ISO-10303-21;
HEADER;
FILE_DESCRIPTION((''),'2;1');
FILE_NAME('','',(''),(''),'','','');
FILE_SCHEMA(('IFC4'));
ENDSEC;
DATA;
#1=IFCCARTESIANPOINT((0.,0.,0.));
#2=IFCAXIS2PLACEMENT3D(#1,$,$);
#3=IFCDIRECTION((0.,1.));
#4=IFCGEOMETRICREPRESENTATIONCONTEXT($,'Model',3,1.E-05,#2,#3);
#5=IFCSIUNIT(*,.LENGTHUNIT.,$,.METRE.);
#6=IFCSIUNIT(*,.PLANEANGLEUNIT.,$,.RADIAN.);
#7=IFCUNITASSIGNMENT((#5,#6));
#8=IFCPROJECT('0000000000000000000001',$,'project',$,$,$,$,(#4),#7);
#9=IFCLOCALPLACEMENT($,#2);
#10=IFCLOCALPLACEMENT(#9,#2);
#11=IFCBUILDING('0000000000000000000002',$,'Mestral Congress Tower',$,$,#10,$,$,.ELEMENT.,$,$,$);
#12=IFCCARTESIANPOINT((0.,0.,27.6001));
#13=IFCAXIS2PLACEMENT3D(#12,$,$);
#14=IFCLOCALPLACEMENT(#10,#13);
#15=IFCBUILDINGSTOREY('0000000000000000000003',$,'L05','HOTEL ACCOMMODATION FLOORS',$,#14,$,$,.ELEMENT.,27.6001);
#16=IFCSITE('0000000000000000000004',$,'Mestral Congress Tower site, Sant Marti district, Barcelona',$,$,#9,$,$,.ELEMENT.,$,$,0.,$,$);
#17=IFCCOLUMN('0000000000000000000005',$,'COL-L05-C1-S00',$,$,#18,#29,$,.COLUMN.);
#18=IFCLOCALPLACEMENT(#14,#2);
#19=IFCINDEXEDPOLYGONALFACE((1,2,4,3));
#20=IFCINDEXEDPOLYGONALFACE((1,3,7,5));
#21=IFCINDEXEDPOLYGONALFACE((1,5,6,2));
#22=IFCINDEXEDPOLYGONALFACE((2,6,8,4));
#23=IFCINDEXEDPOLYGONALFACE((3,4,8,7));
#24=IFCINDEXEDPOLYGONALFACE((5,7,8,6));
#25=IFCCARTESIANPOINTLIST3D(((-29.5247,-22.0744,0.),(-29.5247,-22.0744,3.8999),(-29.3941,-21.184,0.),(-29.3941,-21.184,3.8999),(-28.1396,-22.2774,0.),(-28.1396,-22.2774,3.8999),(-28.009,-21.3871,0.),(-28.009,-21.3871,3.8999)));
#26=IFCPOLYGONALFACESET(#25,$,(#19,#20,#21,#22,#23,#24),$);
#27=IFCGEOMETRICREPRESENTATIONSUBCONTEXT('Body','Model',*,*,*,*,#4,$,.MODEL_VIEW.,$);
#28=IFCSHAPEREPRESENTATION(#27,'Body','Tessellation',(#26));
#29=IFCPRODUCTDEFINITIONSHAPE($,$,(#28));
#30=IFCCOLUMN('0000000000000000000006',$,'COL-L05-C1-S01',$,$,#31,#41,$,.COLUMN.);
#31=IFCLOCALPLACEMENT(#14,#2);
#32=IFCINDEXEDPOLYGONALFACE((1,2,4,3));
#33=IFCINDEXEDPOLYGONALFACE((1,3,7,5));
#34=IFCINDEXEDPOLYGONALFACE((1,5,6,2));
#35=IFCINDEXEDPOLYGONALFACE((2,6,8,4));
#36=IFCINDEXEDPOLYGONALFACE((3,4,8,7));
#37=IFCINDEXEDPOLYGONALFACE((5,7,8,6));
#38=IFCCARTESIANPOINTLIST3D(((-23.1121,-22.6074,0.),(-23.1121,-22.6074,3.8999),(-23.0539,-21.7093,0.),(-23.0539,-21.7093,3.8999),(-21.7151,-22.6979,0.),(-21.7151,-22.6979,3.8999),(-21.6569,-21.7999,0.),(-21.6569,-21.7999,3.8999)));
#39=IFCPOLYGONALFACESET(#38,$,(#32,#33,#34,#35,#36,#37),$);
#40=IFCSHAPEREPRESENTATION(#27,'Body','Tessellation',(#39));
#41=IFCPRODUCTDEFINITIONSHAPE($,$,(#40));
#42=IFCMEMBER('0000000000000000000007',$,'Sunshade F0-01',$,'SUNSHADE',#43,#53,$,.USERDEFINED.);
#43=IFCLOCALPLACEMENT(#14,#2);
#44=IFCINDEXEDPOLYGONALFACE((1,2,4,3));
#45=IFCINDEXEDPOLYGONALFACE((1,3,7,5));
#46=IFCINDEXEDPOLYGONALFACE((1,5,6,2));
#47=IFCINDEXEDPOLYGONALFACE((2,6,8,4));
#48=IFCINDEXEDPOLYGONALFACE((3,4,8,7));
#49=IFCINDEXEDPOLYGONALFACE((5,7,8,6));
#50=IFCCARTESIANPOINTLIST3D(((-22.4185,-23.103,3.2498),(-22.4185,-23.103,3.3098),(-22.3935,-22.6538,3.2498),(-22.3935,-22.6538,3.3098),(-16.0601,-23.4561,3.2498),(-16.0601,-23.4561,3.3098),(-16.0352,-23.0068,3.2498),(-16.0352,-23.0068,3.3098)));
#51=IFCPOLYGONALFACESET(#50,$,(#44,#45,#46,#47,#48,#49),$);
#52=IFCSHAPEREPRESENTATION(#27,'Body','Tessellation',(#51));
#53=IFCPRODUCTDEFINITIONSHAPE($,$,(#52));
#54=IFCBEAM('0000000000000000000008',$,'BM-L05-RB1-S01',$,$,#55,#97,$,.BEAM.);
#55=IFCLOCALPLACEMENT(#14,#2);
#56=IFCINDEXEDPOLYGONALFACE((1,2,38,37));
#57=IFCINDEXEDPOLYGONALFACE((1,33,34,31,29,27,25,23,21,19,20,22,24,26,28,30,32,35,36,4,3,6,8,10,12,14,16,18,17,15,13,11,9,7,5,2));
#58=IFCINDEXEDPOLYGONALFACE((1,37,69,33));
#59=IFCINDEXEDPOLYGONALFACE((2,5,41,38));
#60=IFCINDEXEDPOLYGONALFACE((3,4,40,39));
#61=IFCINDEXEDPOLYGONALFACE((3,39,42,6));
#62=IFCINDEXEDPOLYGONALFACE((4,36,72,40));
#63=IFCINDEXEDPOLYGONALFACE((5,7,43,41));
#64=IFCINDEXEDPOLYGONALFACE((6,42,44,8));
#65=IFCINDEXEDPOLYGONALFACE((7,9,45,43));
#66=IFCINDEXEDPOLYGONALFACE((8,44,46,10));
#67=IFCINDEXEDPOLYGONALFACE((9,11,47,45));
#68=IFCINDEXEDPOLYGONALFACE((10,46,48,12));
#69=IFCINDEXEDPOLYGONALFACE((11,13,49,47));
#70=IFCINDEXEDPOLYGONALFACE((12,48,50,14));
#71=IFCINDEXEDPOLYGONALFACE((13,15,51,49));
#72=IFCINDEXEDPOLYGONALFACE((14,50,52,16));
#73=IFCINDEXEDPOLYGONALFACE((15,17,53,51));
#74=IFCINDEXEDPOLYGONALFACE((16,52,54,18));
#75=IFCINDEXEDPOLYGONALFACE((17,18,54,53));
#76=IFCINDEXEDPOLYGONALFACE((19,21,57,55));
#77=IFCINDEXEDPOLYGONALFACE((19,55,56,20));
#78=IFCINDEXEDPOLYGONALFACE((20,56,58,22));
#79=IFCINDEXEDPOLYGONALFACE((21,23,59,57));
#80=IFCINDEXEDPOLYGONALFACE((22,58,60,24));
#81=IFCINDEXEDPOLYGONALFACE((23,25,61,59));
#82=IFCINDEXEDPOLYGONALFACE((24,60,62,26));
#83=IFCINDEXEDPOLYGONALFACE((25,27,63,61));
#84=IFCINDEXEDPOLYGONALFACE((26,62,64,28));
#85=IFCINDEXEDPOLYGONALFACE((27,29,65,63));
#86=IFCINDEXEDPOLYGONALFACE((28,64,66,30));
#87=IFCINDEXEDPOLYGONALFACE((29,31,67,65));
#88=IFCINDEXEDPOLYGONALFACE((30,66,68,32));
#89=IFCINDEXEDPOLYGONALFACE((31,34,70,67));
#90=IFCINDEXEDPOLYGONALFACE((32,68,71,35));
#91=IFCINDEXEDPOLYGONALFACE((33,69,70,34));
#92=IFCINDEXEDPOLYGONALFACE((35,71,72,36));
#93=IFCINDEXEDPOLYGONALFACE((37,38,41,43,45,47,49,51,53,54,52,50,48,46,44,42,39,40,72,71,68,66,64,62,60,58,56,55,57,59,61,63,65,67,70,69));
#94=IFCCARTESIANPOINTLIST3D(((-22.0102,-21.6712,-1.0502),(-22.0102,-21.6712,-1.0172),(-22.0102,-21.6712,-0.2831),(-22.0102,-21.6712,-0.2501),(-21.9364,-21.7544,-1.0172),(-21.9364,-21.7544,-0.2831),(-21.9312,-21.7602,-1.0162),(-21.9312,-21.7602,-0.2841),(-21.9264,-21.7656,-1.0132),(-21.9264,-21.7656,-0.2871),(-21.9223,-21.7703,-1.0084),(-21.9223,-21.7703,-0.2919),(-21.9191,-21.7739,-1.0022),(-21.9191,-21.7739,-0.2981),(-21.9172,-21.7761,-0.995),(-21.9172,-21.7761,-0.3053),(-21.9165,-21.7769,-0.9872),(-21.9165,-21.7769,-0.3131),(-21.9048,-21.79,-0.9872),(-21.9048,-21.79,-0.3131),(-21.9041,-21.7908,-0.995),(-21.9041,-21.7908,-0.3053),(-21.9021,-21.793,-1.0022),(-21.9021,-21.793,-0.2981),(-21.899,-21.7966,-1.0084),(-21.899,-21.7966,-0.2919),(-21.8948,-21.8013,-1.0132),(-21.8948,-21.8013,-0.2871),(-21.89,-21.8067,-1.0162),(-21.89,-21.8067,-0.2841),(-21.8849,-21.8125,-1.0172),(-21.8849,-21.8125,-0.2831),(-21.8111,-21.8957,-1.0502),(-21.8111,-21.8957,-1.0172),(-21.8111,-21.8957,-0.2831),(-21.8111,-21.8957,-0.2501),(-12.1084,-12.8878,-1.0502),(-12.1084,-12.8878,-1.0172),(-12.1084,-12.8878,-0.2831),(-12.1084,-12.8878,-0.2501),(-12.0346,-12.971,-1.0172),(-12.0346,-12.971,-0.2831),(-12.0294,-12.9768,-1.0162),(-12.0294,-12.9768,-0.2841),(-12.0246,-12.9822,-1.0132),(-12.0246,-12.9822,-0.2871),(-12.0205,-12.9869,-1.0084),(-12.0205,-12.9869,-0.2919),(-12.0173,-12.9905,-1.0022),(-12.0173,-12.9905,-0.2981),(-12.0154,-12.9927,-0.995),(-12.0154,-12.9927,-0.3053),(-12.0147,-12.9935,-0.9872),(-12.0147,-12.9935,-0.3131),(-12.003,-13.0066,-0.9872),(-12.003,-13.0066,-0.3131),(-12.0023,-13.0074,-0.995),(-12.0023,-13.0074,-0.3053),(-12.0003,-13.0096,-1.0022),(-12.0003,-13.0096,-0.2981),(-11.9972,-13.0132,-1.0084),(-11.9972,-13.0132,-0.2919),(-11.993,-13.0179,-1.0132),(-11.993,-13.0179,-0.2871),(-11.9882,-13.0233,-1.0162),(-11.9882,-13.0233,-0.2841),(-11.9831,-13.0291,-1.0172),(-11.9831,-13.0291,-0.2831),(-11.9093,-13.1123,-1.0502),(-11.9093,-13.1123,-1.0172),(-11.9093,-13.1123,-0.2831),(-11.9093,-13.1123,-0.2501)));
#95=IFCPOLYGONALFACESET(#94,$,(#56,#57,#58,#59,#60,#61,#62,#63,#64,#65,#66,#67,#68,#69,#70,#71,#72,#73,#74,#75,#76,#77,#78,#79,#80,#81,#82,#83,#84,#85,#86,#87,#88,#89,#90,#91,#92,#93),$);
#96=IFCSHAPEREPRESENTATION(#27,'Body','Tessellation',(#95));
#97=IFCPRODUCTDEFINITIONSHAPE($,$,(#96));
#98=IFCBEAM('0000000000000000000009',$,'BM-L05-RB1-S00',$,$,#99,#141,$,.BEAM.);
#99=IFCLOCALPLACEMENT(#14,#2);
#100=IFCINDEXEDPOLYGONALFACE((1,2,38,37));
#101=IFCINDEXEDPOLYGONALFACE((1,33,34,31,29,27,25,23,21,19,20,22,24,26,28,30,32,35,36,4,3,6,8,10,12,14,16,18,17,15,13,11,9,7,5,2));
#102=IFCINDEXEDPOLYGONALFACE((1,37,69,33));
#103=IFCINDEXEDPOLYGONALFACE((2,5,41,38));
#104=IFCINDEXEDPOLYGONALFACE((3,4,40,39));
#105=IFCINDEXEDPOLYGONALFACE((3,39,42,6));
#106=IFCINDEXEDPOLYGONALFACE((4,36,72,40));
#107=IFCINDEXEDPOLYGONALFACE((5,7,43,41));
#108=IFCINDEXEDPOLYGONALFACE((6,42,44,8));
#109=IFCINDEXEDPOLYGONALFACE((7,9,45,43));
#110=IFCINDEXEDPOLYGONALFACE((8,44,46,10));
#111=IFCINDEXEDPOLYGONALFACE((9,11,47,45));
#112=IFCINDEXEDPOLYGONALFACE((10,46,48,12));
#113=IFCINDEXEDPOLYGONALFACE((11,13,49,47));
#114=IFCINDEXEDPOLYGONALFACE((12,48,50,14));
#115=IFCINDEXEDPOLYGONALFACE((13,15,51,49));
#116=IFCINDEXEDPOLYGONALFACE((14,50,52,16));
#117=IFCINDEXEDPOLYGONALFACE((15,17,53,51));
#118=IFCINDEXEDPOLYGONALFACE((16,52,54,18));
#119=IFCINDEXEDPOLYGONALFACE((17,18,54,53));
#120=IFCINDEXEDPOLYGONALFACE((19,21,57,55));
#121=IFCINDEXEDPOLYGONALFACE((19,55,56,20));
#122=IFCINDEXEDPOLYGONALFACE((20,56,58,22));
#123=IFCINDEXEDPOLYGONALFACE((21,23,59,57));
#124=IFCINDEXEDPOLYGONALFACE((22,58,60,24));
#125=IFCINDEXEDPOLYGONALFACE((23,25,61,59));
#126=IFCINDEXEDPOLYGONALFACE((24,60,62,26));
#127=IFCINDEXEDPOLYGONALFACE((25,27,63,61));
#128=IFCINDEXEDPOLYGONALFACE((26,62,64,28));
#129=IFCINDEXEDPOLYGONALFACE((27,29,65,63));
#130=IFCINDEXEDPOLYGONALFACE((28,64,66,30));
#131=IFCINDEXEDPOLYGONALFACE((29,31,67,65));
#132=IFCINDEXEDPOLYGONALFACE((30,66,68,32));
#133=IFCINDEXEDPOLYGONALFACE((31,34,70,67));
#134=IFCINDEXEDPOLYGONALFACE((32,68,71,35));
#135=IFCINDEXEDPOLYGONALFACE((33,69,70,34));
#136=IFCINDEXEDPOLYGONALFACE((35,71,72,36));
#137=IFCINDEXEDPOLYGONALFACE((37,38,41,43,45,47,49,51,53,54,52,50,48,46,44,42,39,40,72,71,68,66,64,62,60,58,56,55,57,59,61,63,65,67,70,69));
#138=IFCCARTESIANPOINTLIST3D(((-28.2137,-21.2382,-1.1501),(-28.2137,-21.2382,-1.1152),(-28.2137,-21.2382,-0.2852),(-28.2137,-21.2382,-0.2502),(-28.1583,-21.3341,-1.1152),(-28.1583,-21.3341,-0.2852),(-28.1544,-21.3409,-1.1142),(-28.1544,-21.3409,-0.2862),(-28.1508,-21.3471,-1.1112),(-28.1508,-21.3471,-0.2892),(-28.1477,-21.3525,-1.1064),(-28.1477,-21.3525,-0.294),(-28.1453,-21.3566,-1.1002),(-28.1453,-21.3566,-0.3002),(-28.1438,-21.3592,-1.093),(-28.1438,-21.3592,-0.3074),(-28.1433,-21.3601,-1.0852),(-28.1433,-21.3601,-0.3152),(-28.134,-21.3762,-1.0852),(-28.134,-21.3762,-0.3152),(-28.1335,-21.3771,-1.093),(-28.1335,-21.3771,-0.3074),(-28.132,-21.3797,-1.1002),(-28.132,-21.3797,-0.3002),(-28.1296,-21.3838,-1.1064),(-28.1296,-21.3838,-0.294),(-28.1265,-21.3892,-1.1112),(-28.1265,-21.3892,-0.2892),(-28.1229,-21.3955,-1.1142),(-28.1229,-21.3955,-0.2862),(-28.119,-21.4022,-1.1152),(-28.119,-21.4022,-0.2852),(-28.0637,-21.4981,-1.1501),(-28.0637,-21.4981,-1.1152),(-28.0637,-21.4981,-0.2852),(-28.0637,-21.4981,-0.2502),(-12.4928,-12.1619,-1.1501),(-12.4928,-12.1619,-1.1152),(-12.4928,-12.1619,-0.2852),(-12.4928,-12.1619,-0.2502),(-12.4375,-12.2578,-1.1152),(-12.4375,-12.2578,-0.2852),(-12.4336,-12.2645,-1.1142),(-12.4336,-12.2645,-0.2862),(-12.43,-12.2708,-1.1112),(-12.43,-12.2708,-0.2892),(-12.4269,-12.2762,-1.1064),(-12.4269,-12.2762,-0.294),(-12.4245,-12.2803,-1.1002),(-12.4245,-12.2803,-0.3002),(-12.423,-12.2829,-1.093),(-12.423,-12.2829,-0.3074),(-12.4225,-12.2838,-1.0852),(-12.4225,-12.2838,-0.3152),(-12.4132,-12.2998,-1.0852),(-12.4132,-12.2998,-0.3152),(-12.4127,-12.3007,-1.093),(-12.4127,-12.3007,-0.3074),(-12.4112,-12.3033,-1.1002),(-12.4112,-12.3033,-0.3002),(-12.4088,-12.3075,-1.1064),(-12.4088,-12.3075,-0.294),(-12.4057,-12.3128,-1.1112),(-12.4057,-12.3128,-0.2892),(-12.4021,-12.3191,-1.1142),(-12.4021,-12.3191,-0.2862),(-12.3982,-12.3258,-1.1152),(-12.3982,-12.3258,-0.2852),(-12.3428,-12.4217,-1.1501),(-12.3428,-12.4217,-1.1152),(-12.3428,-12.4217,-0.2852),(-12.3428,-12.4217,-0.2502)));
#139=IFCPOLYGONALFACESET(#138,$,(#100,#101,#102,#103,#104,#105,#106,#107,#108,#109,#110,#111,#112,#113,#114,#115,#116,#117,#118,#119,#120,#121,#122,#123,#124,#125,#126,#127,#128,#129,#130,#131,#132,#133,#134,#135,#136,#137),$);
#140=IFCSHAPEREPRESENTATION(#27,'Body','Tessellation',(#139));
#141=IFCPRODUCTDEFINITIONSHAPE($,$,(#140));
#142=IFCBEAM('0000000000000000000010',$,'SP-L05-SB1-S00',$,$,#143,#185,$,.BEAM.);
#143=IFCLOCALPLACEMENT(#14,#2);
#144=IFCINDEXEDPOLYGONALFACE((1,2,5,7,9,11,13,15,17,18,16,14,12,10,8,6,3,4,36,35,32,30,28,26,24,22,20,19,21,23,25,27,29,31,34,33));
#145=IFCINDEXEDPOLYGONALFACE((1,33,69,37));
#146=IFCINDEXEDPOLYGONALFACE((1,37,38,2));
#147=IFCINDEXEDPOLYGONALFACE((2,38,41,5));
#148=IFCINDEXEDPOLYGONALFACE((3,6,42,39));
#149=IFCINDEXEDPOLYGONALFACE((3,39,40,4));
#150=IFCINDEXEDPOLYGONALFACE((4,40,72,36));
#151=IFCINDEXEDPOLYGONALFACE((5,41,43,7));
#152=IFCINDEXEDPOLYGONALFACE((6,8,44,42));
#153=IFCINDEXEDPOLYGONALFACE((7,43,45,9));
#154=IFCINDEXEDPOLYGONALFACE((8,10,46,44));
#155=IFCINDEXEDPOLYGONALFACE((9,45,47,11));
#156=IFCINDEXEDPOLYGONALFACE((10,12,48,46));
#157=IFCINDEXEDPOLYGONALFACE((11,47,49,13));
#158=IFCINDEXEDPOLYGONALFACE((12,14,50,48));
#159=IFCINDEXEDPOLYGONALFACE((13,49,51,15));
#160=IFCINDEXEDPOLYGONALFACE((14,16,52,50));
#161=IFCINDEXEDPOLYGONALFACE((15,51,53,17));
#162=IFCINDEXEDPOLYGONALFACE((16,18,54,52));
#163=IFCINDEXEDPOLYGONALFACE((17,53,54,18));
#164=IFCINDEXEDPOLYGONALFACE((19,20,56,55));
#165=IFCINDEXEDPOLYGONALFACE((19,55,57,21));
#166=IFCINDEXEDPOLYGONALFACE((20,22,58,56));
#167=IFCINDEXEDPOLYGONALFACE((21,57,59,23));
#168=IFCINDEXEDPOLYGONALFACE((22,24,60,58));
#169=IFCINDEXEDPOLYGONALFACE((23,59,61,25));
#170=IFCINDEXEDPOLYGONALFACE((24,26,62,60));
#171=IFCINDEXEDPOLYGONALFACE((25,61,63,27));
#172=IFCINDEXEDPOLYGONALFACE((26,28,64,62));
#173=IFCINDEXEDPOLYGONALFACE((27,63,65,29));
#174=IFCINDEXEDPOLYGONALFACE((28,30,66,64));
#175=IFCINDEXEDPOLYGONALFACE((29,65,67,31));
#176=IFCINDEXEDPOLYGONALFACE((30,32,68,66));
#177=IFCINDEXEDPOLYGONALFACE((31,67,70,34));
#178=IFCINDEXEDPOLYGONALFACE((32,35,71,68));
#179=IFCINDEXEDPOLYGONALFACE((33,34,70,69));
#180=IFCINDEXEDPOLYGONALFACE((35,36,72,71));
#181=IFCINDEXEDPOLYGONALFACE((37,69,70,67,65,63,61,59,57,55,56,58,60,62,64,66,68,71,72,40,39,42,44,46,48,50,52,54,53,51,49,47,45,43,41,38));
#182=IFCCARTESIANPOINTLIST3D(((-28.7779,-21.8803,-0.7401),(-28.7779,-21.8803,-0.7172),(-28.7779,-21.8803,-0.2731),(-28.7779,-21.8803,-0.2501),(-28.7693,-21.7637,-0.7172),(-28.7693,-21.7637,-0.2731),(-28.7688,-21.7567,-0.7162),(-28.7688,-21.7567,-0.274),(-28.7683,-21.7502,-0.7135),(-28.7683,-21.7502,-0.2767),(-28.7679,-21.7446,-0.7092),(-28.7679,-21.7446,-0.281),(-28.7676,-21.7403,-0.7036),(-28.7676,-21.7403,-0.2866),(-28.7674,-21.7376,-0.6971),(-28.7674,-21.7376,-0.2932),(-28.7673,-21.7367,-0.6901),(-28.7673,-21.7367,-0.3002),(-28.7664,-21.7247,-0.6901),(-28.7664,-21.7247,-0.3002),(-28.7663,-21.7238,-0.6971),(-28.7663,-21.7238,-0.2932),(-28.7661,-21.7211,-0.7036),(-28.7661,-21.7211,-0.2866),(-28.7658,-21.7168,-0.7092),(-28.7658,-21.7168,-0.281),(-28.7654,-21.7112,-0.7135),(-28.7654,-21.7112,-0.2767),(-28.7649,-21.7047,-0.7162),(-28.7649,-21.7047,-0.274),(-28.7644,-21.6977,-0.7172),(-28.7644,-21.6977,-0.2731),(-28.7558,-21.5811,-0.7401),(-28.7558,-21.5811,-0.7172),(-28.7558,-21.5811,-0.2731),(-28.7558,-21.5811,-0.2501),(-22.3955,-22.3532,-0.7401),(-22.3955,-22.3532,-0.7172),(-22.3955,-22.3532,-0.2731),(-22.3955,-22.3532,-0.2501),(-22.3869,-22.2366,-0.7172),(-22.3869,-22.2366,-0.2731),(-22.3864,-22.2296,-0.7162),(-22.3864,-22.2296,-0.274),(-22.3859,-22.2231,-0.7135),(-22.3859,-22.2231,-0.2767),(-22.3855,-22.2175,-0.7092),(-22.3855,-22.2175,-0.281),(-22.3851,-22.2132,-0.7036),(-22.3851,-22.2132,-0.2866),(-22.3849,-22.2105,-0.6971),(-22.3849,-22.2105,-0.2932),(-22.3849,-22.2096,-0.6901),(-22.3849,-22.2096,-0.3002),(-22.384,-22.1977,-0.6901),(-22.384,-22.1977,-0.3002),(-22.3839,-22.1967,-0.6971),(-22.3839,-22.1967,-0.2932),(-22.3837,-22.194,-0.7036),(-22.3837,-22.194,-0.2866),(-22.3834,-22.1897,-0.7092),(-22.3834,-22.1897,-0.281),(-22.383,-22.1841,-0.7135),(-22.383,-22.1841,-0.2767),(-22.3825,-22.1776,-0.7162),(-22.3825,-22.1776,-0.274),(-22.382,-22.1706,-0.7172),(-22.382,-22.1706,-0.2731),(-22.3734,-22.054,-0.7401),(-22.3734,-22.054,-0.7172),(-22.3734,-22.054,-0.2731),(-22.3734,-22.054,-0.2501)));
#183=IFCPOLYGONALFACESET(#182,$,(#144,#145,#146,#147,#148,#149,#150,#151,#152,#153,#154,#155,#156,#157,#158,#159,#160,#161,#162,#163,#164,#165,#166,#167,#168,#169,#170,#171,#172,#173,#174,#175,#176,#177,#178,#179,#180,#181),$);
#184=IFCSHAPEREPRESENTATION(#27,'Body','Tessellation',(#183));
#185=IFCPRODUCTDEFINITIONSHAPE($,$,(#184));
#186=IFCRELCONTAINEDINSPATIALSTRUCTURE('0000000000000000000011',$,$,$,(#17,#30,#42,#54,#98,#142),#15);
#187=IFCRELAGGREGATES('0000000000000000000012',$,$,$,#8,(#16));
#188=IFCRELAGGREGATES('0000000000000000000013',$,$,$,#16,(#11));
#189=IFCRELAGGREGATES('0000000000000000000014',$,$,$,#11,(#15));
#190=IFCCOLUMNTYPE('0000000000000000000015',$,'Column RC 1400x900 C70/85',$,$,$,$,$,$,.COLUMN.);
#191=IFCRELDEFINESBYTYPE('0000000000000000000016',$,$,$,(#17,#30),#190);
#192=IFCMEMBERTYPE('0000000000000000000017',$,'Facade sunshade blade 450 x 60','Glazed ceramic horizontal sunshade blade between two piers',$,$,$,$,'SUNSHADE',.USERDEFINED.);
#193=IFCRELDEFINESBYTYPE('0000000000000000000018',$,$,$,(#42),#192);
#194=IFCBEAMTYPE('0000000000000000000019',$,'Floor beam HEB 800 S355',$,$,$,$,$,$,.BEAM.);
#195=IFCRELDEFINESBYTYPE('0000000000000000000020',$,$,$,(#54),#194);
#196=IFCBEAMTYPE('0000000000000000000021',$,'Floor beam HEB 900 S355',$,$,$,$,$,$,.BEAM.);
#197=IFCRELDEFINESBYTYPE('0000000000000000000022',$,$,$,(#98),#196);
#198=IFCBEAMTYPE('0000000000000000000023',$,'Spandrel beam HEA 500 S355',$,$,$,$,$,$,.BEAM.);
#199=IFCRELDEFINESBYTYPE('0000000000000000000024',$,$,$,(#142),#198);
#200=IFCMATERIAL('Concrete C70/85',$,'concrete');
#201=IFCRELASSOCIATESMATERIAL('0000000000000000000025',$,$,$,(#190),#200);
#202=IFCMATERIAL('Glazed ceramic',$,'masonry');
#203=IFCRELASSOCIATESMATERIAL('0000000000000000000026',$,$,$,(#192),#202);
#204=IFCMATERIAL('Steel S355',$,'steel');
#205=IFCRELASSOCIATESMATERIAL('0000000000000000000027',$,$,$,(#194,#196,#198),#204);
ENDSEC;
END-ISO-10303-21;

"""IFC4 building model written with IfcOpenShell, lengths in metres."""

from ifc_helpers import new_model, si_unit, direction, frame, origin, origin_2d, place, context, subcontext, project, spatial, rectangle, i_section, extrude, material, material_profile, profile_set, type_object, element, save


model = new_model("IFC4")

# Units and contexts
model_context = context("Model", 3, precision=1e-05, world=origin(), true_north=direction((0.0, 1.0)))
body_context = subcontext(model_context, "Body", "Model", "MODEL_VIEW")
ifc_project = project(units=[si_unit("LENGTHUNIT", "METRE"), si_unit("PLANEANGLEUNIT", "RADIAN")], contexts=[model_context])

# Site, building, storey
site_placement = place(None, origin())
site = spatial("IfcSite", under=ifc_project, at=site_placement, Name="Mestral Congress Tower site, Sant Marti district, Barcelona", CompositionType="ELEMENT", RefElevation=0.0)
building_placement = place(site_placement, origin())
building = spatial("IfcBuilding", under=site, at=building_placement, Name="Mestral Congress Tower", CompositionType="ELEMENT")
storey_placement = place(building_placement, frame((0.0, 0.0, 27.6001)))
storey = spatial("IfcBuildingStorey", under=building, at=storey_placement, Name="L05", Description="HOTEL ACCOMMODATION FLOORS", CompositionType="ELEMENT", Elevation=27.6001)

# Columns
ifc_material_1 = material(Name="Concrete C70/85", Category="concrete")
ifc_material_profile_1 = material_profile(ifc_material_1, rectangle(XDim=1.3999, YDim=0.8999, at=origin_2d()), Name="RC 1400x900")
ifc_profile_set_1 = profile_set([ifc_material_profile_1], Name="Concrete C70/85")
column_type = type_object("IfcColumnType", Name="Column RC 1400x900 C70/85", PredefinedType="COLUMN", material=ifc_profile_set_1)
for number, where, z_axis, x_axis, name in (
    (1, (-28.7668, -21.7307, 0.0), (0.0, 0.0, 1.0), (0.989424, -0.145056, 0.0), "COL-L05-C1-S00"),
    (2, (-22.3845, -22.2036, 0.0), (0.0, 0.0, 1.0), (0.997908, -0.064658, 0.0), "COL-L05-C1-S01"),
):
    element("IfcColumn", number, at=place(storey_placement, frame(where, z_axis=z_axis, x_axis=x_axis)), inside=storey, type_object=column_type, Name=name, PredefinedType="COLUMN", context=body_context, shape_type="SweptSolid", body=[
        extrude(rectangle(XDim=1.3999, YDim=0.8999, at=origin_2d()), origin(), (0.0, 0.0, 1.0), 3.8999),
    ])

# Member
ifc_material_2 = material(Name="Glazed ceramic", Category="masonry")
ifc_material_profile_2 = material_profile(ifc_material_2, rectangle(XDim=0.45, YDim=0.0601, at=origin_2d()), Name="Ceramic blade 450 x 60")
ifc_profile_set_2 = profile_set([ifc_material_profile_2], Name="Glazed ceramic")
member_type = type_object("IfcMemberType", Name="Facade sunshade blade 450 x 60", Description="Glazed ceramic horizontal sunshade blade between two piers", ElementType="SUNSHADE", PredefinedType="USERDEFINED", material=ifc_profile_set_2)
member_placement = place(storey_placement, frame((-22.406, -22.8784, 3.2798), z_axis=(0.998462, -0.055436, 0.0), x_axis=(0.055436, 0.998462, 0.0)))
element("IfcMember", 3, at=member_placement, inside=storey, type_object=member_type, Name="Sunshade F0-01", ObjectType="SUNSHADE", PredefinedType="USERDEFINED", context=body_context, shape_type="SweptSolid", body=[
    extrude(rectangle(XDim=0.45, YDim=0.0601, at=origin_2d()), origin(), (0.0, 0.0, 1.0), 6.3682),
])

# Beams
ifc_material_3 = material(Name="Steel S355", Category="steel")
ifc_material_profile_3 = material_profile(ifc_material_3, i_section(OverallWidth=0.3, OverallDepth=0.8, WebThickness=0.0176, FlangeThickness=0.033, FilletRadius=0.03, at=origin_2d()), Name="HEB 800")
ifc_profile_set_3 = profile_set([ifc_material_profile_3], Name="Steel S355")
beam_type_1 = type_object("IfcBeamType", Name="Floor beam HEB 800 S355", PredefinedType="BEAM", material=ifc_profile_set_3)
beam_1_placement = place(storey_placement, frame((-21.9106, -21.7834, -0.6501), z_axis=(0.748092, 0.663595, 0.0), x_axis=(-0.663595, 0.748092, 0.0)))
element("IfcBeam", 4, at=beam_1_placement, inside=storey, type_object=beam_type_1, Name="BM-L05-RB1-S01", PredefinedType="BEAM", context=body_context, shape_type="SweptSolid", body=[
    extrude(i_section(OverallWidth=0.3, OverallDepth=0.8, WebThickness=0.0176, FlangeThickness=0.033, FilletRadius=0.03, at=origin_2d()), origin(), (0.0, 0.0, 1.0), 13.2361),
])
ifc_material_profile_4 = material_profile(ifc_material_3, i_section(OverallWidth=0.3, OverallDepth=0.8999, WebThickness=0.0186, FlangeThickness=0.0349, FilletRadius=0.03, at=origin_2d()), Name="HEB 900")
ifc_profile_set_4 = profile_set([ifc_material_profile_4], Name="Steel S355")
beam_type_2 = type_object("IfcBeamType", Name="Floor beam HEB 900 S355", PredefinedType="BEAM", material=ifc_profile_set_4)
beam_2_placement = place(storey_placement, frame((-28.1387, -21.3682, -0.7002), z_axis=(0.866027, 0.499997, 0.0), x_axis=(-0.499997, 0.866027, 0.0)))
element("IfcBeam", 5, at=beam_2_placement, inside=storey, type_object=beam_type_2, Name="BM-L05-RB1-S00", PredefinedType="BEAM", context=body_context, shape_type="SweptSolid", body=[
    extrude(i_section(OverallWidth=0.3, OverallDepth=0.8999, WebThickness=0.0186, FlangeThickness=0.0349, FilletRadius=0.03, at=origin_2d()), origin(), (0.0, 0.0, 1.0), 18.1528),
])
ifc_material_profile_5 = material_profile(ifc_material_3, i_section(OverallWidth=0.3, OverallDepth=0.49, WebThickness=0.012, FlangeThickness=0.0229, FilletRadius=0.0271, at=origin_2d()), Name="HEA 500")
ifc_profile_set_5 = profile_set([ifc_material_profile_5], Name="Steel S355")
beam_type_3 = type_object("IfcBeamType", Name="Spandrel beam HEA 500 S355", PredefinedType="BEAM", material=ifc_profile_set_5)
for number, where, z_axis, x_axis, name in (
    (6, (-28.7668, -21.7307, -0.4951), (0.997266, -0.073893, 0.0), (0.073893, 0.997266, 0.0), "SP-L05-SB1-S00"),
):
    element("IfcBeam", number, at=place(storey_placement, frame(where, z_axis=z_axis, x_axis=x_axis)), inside=storey, type_object=beam_type_3, Name=name, PredefinedType="BEAM", context=body_context, shape_type="SweptSolid", body=[
        extrude(i_section(OverallWidth=0.3, OverallDepth=0.49, WebThickness=0.012, FlangeThickness=0.0229, FilletRadius=0.0271, at=origin_2d()), origin(), (0.0, 0.0, 1.0), 6.3999),
    ])

save(model, "model.ifc")
